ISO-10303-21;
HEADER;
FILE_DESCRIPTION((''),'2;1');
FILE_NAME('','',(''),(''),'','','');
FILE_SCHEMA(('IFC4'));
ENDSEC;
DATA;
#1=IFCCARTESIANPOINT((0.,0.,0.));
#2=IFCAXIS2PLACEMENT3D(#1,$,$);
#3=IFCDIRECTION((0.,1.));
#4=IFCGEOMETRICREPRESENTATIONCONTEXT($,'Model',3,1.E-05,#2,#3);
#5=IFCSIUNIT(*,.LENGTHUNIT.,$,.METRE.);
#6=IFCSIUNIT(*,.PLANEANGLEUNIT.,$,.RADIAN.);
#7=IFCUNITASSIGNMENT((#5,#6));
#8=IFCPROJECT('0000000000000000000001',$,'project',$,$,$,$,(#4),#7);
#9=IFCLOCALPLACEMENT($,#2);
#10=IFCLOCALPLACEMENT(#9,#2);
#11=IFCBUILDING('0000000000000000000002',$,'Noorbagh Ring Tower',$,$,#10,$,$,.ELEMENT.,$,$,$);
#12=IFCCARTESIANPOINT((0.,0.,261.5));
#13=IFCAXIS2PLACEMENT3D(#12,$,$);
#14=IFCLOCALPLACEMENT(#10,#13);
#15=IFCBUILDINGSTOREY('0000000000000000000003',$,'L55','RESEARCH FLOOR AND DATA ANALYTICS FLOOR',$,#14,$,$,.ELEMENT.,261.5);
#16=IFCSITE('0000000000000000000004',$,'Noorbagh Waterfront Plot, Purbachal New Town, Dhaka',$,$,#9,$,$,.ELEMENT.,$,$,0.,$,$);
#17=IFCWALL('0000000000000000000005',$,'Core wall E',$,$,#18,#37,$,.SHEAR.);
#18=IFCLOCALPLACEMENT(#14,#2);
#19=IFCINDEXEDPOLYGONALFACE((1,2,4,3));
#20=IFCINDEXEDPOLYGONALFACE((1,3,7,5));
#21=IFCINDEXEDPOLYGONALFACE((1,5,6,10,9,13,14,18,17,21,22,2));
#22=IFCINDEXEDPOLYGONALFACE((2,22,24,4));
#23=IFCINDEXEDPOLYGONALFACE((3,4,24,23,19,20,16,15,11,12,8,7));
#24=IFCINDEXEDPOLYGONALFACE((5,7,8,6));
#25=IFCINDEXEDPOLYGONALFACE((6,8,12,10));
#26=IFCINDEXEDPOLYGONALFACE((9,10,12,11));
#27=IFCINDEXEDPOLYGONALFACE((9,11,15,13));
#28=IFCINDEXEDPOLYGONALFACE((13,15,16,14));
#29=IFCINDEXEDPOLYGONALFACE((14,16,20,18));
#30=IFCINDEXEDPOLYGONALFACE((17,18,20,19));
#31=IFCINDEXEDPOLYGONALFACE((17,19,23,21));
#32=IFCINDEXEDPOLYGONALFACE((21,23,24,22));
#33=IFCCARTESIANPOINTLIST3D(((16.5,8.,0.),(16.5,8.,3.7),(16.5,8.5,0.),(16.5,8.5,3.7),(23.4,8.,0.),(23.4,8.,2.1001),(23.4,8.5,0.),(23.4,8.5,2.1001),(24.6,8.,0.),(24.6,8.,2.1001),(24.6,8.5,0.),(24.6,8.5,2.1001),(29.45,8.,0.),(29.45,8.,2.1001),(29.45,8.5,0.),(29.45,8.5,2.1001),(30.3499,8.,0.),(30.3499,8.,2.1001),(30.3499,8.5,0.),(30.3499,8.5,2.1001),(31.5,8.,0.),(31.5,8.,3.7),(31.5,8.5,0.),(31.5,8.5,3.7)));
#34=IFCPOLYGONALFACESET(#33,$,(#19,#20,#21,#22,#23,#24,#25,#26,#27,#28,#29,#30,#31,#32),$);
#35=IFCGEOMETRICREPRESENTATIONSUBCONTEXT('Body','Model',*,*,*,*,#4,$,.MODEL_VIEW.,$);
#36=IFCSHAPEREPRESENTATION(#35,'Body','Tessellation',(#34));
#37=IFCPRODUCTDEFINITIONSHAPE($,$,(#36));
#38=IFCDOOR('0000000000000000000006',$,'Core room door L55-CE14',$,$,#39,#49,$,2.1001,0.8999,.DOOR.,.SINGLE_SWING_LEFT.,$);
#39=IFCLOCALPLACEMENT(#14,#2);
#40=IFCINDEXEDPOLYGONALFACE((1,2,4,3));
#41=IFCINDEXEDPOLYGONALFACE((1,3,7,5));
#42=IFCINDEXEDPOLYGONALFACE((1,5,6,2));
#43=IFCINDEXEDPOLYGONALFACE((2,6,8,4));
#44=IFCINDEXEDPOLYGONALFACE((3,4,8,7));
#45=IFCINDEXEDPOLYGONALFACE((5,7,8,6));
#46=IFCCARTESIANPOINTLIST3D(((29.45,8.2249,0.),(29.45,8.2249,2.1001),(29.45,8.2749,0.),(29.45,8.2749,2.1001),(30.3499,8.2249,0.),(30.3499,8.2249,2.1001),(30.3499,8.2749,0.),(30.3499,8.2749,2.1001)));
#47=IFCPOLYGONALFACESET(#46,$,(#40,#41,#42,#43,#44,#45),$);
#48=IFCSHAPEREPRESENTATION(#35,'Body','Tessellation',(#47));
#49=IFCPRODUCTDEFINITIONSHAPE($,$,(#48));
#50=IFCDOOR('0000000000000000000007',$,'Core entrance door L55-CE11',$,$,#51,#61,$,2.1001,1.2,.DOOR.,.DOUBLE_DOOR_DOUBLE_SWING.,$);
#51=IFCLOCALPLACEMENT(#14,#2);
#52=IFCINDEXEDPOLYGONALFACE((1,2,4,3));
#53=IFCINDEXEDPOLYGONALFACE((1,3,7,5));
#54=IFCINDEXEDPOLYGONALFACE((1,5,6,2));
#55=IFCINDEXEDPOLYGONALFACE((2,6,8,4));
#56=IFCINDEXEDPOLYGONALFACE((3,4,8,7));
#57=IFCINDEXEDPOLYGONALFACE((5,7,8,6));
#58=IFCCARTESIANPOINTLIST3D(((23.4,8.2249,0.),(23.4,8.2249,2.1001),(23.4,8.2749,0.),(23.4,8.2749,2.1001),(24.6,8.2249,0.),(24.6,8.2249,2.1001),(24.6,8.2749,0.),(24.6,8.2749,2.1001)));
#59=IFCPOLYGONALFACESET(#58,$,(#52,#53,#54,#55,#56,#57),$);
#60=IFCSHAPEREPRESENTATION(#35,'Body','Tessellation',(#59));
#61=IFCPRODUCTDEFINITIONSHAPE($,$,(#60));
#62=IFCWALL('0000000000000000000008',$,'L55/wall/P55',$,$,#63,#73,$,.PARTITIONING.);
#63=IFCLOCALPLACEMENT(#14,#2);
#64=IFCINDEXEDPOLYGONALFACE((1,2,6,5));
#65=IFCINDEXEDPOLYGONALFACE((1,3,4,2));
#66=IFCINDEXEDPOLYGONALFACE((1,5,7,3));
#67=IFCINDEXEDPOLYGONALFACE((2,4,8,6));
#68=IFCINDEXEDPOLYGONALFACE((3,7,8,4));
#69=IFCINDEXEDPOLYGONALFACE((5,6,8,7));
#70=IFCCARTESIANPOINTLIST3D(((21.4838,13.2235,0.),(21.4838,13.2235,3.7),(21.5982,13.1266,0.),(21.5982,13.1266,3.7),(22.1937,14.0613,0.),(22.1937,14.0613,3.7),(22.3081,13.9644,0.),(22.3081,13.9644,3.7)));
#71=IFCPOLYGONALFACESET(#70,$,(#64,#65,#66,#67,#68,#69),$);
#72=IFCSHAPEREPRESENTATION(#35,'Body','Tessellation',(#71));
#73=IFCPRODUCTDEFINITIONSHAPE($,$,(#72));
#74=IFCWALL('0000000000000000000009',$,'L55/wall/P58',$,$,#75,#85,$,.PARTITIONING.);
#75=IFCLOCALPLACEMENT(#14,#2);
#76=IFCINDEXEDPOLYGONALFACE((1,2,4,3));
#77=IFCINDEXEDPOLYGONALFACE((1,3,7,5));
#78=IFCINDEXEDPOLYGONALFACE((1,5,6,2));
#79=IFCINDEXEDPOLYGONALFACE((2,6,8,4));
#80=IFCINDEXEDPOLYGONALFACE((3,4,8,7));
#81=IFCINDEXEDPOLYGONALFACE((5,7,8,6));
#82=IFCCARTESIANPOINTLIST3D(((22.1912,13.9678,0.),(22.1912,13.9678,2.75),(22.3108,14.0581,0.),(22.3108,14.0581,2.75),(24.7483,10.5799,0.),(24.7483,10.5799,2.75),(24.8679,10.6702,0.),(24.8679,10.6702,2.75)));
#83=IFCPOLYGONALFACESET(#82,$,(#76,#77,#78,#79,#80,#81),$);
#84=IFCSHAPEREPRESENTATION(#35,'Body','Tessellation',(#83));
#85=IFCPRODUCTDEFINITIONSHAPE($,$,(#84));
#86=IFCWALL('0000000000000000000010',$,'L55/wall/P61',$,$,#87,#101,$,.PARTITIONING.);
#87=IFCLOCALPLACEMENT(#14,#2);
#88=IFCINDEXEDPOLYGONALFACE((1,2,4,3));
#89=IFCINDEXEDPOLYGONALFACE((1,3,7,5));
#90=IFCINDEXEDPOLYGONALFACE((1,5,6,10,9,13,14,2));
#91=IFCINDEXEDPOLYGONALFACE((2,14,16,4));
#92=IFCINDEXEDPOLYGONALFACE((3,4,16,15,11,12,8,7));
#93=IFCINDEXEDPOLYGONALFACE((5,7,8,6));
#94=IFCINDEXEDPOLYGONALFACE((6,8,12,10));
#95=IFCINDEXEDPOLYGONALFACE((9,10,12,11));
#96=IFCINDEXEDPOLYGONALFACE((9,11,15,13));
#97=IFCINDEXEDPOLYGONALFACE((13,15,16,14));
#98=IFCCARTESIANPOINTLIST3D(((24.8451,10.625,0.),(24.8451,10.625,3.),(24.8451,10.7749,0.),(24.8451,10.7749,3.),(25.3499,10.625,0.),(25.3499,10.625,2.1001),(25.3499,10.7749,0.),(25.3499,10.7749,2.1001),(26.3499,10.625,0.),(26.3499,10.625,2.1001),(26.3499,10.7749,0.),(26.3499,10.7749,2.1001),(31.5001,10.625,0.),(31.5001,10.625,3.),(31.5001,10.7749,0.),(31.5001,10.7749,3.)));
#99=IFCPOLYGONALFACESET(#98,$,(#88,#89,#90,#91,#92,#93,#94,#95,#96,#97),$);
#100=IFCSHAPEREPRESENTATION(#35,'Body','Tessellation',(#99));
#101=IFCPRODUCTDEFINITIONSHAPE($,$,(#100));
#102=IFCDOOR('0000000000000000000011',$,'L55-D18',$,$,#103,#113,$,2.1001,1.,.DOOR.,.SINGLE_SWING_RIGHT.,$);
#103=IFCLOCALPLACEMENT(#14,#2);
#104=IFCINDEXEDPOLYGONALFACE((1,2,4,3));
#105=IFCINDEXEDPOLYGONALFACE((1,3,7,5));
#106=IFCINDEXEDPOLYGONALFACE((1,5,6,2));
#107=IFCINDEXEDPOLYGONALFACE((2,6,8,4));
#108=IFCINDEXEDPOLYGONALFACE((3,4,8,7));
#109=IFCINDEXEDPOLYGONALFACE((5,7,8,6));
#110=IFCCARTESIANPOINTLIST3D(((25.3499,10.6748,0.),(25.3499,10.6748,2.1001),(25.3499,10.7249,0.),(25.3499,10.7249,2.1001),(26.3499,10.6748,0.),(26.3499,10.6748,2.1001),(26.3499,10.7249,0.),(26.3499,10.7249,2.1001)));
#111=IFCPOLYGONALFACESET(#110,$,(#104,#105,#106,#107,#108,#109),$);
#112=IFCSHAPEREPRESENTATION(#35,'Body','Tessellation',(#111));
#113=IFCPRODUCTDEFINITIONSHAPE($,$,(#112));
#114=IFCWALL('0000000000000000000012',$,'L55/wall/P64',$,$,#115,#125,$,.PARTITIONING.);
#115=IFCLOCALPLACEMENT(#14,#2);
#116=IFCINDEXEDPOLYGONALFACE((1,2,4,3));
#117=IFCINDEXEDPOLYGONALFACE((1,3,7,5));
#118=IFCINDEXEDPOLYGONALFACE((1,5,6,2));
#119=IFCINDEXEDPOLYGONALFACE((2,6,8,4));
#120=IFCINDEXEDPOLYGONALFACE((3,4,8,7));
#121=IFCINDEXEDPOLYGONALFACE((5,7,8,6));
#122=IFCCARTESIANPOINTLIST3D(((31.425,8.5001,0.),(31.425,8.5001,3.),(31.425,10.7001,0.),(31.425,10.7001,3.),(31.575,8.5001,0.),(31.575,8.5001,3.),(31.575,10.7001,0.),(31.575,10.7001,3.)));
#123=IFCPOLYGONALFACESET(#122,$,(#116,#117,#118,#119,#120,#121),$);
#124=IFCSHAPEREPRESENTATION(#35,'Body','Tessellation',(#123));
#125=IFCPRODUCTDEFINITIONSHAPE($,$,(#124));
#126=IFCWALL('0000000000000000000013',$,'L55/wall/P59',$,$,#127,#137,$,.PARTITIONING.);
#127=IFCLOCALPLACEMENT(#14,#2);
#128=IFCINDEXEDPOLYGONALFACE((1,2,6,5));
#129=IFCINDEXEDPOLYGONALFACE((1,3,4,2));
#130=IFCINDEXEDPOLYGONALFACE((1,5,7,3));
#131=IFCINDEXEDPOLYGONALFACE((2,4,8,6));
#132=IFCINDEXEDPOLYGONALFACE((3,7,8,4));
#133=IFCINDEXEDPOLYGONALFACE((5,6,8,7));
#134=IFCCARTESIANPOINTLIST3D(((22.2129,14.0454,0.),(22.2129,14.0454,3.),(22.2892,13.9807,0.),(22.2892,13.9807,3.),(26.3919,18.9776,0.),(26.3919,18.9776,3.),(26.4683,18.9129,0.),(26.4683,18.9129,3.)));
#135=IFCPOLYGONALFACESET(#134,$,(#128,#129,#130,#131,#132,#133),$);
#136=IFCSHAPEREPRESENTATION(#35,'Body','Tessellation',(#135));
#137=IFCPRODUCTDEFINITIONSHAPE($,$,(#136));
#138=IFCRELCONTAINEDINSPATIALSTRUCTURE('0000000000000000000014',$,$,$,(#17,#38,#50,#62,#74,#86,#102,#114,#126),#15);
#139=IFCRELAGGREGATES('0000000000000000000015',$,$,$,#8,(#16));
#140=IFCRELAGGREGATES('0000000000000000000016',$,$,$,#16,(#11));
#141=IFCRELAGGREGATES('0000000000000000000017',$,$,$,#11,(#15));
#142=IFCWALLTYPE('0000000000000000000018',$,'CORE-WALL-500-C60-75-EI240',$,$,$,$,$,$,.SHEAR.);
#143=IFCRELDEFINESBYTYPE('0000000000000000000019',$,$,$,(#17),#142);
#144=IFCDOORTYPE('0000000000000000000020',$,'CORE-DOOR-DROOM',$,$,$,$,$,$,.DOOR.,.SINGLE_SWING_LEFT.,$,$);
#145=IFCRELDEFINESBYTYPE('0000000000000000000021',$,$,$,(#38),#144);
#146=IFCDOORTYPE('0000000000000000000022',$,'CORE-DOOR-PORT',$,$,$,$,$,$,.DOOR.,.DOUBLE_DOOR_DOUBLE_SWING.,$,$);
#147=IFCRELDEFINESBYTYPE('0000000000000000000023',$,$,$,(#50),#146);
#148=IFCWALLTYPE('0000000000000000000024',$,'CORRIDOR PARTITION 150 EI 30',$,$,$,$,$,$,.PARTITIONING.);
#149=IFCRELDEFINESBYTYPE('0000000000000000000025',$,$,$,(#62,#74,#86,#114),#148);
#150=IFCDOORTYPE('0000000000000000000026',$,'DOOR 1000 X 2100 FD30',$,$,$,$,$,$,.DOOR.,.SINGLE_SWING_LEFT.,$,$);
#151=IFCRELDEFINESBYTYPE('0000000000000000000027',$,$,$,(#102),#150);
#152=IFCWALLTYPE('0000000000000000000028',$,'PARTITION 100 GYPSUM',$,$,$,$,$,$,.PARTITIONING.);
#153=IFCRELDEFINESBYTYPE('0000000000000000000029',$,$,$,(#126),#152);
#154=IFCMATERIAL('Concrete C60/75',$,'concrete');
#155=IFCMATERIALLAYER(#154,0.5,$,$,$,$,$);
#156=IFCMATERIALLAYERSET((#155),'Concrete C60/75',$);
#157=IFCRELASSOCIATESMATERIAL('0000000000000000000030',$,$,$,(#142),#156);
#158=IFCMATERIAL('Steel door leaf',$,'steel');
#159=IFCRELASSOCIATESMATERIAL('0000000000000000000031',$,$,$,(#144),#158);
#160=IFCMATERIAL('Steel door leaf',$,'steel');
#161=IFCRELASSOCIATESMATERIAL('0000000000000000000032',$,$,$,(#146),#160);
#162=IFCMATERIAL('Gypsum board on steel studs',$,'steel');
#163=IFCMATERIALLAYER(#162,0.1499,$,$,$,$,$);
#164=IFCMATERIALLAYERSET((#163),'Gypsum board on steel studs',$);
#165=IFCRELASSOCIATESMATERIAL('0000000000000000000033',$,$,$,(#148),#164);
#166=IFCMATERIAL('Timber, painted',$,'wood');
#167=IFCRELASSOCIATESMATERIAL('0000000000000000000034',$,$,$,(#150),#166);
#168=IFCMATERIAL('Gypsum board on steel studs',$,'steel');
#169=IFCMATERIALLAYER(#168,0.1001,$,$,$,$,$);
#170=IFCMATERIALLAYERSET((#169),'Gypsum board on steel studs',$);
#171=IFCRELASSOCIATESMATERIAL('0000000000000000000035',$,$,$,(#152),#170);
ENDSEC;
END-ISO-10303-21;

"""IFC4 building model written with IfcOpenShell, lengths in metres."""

from ifc_helpers import new_model, si_unit, direction, frame, frame_2d, origin, place, context, subcontext, project, spatial, rectangle, extrude, material, layer, layer_set, type_object, element, fill, save


model = new_model("IFC4")

# Units and contexts
model_context = context("Model", 3, precision=1e-05, world=origin(), true_north=direction((0.0, 1.0)))
body_context = subcontext(model_context, "Body", "Model", "MODEL_VIEW")
ifc_project = project(units=[si_unit("LENGTHUNIT", "METRE"), si_unit("PLANEANGLEUNIT", "RADIAN")], contexts=[model_context])

# Site, building, storey
site_placement = place(None, origin())
site = spatial("IfcSite", under=ifc_project, at=site_placement, Name="Noorbagh Waterfront Plot, Purbachal New Town, Dhaka", CompositionType="ELEMENT", RefElevation=0.0)
building_placement = place(site_placement, origin())
building = spatial("IfcBuilding", under=site, at=building_placement, Name="Noorbagh Ring Tower", CompositionType="ELEMENT")
storey_placement = place(building_placement, frame((0.0, 0.0, 261.5)))
storey = spatial("IfcBuildingStorey", under=building, at=storey_placement, Name="L55", Description="RESEARCH FLOOR AND DATA ANALYTICS FLOOR", CompositionType="ELEMENT", Elevation=261.5)

# Wall, openings, doors
ifc_material_1 = material(Name="Concrete C60/75", Category="concrete")
ifc_layer_1 = layer(ifc_material_1, 0.5)
ifc_layer_set_1 = layer_set([ifc_layer_1], Name="Concrete C60/75")
wall_type_1 = type_object("IfcWallType", Name="CORE-WALL-500-C60-75-EI240", PredefinedType="SHEAR", material=ifc_layer_set_1)
wall_1_placement = place(storey_placement, frame((16.5, 8.25, 0.0), z_axis=(0.0, 0.0, 1.0), x_axis=(1.0, 0.0, 0.0)))
wall_1 = element("IfcWall", 1, at=wall_1_placement, inside=storey, type_object=wall_type_1, Name="Core wall E", PredefinedType="SHEAR", context=body_context, shape_type="SweptSolid", body=[
    extrude(rectangle(XDim=15.0, YDim=0.5, at=frame_2d((7.5, 0.0))), origin(), (0.0, 0.0, 1.0), 3.7),
])
opening_1_placement = place(wall_1_placement, frame((6.8999, 0.0, 0.0)))
opening_1 = element("IfcOpeningElement", 2, at=opening_1_placement, cuts=wall_1, PredefinedType="OPENING", context=body_context, shape_type="SweptSolid", body=[
    extrude(rectangle(XDim=1.2, YDim=2.1001, at=frame_2d((0.6001, 1.05))), frame((0.0, 0.26, 0.0), z_axis=(0.0, -1.0, 0.0), x_axis=(1.0, 0.0, 0.0)), (0.0, 0.0, 1.0), 0.52),
])
opening_2_placement = place(wall_1_placement, frame((12.95, 0.0, 0.0)))
opening_2 = element("IfcOpeningElement", 3, at=opening_2_placement, cuts=wall_1, PredefinedType="OPENING", context=body_context, shape_type="SweptSolid", body=[
    extrude(rectangle(XDim=0.8999, YDim=2.1001, at=frame_2d((0.45, 1.05))), frame((0.0, 0.26, 0.0), z_axis=(0.0, -1.0, 0.0), x_axis=(1.0, 0.0, 0.0)), (0.0, 0.0, 1.0), 0.52),
])
ifc_material_2 = material(Name="Steel door leaf", Category="steel")
door_type_1 = type_object("IfcDoorType", Name="CORE-DOOR-DROOM", OperationType="SINGLE_SWING_LEFT", PredefinedType="DOOR", material=ifc_material_2)
door_1_placement = place(opening_2_placement, origin())
door_1 = element("IfcDoor", 4, at=door_1_placement, inside=storey, type_object=door_type_1, Name="Core room door L55-CE14", OperationType="SINGLE_SWING_LEFT", OverallHeight=2.1001, OverallWidth=0.8999, PredefinedType="DOOR", context=body_context, shape_type="SweptSolid", body=[
    extrude(rectangle(XDim=0.8999, YDim=2.1001, at=frame_2d((0.45, 1.05))), frame((0.0, 0.0249, 0.0), z_axis=(0.0, -1.0, 0.0), x_axis=(1.0, 0.0, 0.0)), (0.0, 0.0, 1.0), 0.05),
])
fill(opening_2, door_1)
ifc_material_3 = material(Name="Steel door leaf", Category="steel")
door_type_2 = type_object("IfcDoorType", Name="CORE-DOOR-PORT", OperationType="DOUBLE_DOOR_DOUBLE_SWING", PredefinedType="DOOR", material=ifc_material_3)
door_2_placement = place(opening_1_placement, origin())
door_2 = element("IfcDoor", 5, at=door_2_placement, inside=storey, type_object=door_type_2, Name="Core entrance door L55-CE11", OperationType="DOUBLE_DOOR_DOUBLE_SWING", OverallHeight=2.1001, OverallWidth=1.2, PredefinedType="DOOR", context=body_context, shape_type="SweptSolid", body=[
    extrude(rectangle(XDim=1.2, YDim=2.1001, at=frame_2d((0.6001, 1.05))), frame((0.0, 0.0249, 0.0), z_axis=(0.0, -1.0, 0.0), x_axis=(1.0, 0.0, 0.0)), (0.0, 0.0, 1.0), 0.05),
])
fill(opening_1, door_2)

# Walls
ifc_material_4 = material(Name="Gypsum board on steel studs", Category="steel")
ifc_layer_2 = layer(ifc_material_4, 0.1499)
ifc_layer_set_2 = layer_set([ifc_layer_2], Name="Gypsum board on steel studs")
wall_type_2 = type_object("IfcWallType", Name="CORRIDOR PARTITION 150 EI 30", PredefinedType="PARTITIONING", material=ifc_layer_set_2)
wall_2_placement = place(storey_placement, frame((21.541, 13.175, 0.0), z_axis=(0.0, 0.0, 1.0), x_axis=(0.64646, 0.762948, 0.0)))
element("IfcWall", 6, at=wall_2_placement, inside=storey, type_object=wall_type_2, Name="L55/wall/P55", PredefinedType="PARTITIONING", context=body_context, shape_type="SweptSolid", body=[
    extrude(rectangle(XDim=1.0981, YDim=0.1499, at=frame_2d((0.5491, 0.0))), origin(), (0.0, 0.0, 1.0), 3.7),
])
wall_3_placement = place(storey_placement, frame((22.251, 14.0129, 0.0), z_axis=(0.0, 0.0, 1.0), x_axis=(0.602436, -0.798167, 0.0)))
element("IfcWall", 7, at=wall_3_placement, inside=storey, type_object=wall_type_2, Name="L55/wall/P58", PredefinedType="PARTITIONING", context=body_context, shape_type="SweptSolid", body=[
    extrude(rectangle(XDim=4.2446, YDim=0.1499, at=frame_2d((2.1223, 0.0))), origin(), (0.0, 0.0, 1.0), 2.75),
])

# Wall, opening, door
wall_4_placement = place(storey_placement, frame((24.845, 10.7, 0.0), z_axis=(0.0, 0.0, 1.0), x_axis=(1.0, 0.0, 0.0)))
wall_4 = element("IfcWall", 8, at=wall_4_placement, inside=storey, type_object=wall_type_2, Name="L55/wall/P61", PredefinedType="PARTITIONING", context=body_context, shape_type="SweptSolid", body=[
    extrude(rectangle(XDim=6.655, YDim=0.1499, at=frame_2d((3.3276, 0.0))), origin(), (0.0, 0.0, 1.0), 3.0),
])
opening_3_placement = place(wall_4_placement, frame((0.5049, 0.0, 0.0)))
opening_3 = element("IfcOpeningElement", 9, at=opening_3_placement, cuts=wall_4, PredefinedType="OPENING", context=body_context, shape_type="SweptSolid", body=[
    extrude(rectangle(XDim=1.0, YDim=2.1001, at=frame_2d((0.5, 1.05))), frame((0.0, 0.085, 0.0), z_axis=(0.0, -1.0, 0.0), x_axis=(1.0, 0.0, 0.0)), (0.0, 0.0, 1.0), 0.1699),
])
ifc_material_5 = material(Name="Timber, painted", Category="wood")
door_type_3 = type_object("IfcDoorType", Name="DOOR 1000 X 2100 FD30", OperationType="SINGLE_SWING_LEFT", PredefinedType="DOOR", material=ifc_material_5)
door_3_placement = place(opening_3_placement, origin())
door_3 = element("IfcDoor", 10, at=door_3_placement, inside=storey, type_object=door_type_3, Name="L55-D18", OperationType="SINGLE_SWING_RIGHT", OverallHeight=2.1001, OverallWidth=1.0, PredefinedType="DOOR", context=body_context, shape_type="SweptSolid", body=[
    extrude(rectangle(XDim=1.0, YDim=2.1001, at=frame_2d((0.5, 1.05))), frame((0.0, 0.0249, 0.0), z_axis=(0.0, -1.0, 0.0), x_axis=(1.0, 0.0, 0.0)), (0.0, 0.0, 1.0), 0.05),
])
fill(opening_3, door_3)

# Walls
wall_5_placement = place(storey_placement, frame((31.5, 8.5, 0.0), z_axis=(0.0, 0.0, 1.0), x_axis=(0.0, 1.0, 0.0)))
element("IfcWall", 11, at=wall_5_placement, inside=storey, type_object=wall_type_2, Name="L55/wall/P64", PredefinedType="PARTITIONING", context=body_context, shape_type="SweptSolid", body=[
    extrude(rectangle(XDim=2.2, YDim=0.1499, at=frame_2d((1.1001, 0.0))), origin(), (0.0, 0.0, 1.0), 3.0),
])
ifc_material_6 = material(Name="Gypsum board on steel studs", Category="steel")
ifc_layer_3 = layer(ifc_material_6, 0.1001)
ifc_layer_set_3 = layer_set([ifc_layer_3], Name="Gypsum board on steel studs")
wall_type_3 = type_object("IfcWallType", Name="PARTITION 100 GYPSUM", PredefinedType="PARTITIONING", material=ifc_layer_set_3)
wall_6_placement = place(storey_placement, frame((22.251, 14.0129, 0.0), z_axis=(0.0, 0.0, 1.0), x_axis=(0.646448, 0.762958, 0.0)))
element("IfcWall", 12, at=wall_6_placement, inside=storey, type_object=wall_type_3, Name="L55/wall/P59", PredefinedType="PARTITIONING", context=body_context, shape_type="SweptSolid", body=[
    extrude(rectangle(XDim=6.4646, YDim=0.1001, at=frame_2d((3.2324, 0.0))), origin(), (0.0, 0.0, 1.0), 3.0),
])

save(model, "model.ifc")
